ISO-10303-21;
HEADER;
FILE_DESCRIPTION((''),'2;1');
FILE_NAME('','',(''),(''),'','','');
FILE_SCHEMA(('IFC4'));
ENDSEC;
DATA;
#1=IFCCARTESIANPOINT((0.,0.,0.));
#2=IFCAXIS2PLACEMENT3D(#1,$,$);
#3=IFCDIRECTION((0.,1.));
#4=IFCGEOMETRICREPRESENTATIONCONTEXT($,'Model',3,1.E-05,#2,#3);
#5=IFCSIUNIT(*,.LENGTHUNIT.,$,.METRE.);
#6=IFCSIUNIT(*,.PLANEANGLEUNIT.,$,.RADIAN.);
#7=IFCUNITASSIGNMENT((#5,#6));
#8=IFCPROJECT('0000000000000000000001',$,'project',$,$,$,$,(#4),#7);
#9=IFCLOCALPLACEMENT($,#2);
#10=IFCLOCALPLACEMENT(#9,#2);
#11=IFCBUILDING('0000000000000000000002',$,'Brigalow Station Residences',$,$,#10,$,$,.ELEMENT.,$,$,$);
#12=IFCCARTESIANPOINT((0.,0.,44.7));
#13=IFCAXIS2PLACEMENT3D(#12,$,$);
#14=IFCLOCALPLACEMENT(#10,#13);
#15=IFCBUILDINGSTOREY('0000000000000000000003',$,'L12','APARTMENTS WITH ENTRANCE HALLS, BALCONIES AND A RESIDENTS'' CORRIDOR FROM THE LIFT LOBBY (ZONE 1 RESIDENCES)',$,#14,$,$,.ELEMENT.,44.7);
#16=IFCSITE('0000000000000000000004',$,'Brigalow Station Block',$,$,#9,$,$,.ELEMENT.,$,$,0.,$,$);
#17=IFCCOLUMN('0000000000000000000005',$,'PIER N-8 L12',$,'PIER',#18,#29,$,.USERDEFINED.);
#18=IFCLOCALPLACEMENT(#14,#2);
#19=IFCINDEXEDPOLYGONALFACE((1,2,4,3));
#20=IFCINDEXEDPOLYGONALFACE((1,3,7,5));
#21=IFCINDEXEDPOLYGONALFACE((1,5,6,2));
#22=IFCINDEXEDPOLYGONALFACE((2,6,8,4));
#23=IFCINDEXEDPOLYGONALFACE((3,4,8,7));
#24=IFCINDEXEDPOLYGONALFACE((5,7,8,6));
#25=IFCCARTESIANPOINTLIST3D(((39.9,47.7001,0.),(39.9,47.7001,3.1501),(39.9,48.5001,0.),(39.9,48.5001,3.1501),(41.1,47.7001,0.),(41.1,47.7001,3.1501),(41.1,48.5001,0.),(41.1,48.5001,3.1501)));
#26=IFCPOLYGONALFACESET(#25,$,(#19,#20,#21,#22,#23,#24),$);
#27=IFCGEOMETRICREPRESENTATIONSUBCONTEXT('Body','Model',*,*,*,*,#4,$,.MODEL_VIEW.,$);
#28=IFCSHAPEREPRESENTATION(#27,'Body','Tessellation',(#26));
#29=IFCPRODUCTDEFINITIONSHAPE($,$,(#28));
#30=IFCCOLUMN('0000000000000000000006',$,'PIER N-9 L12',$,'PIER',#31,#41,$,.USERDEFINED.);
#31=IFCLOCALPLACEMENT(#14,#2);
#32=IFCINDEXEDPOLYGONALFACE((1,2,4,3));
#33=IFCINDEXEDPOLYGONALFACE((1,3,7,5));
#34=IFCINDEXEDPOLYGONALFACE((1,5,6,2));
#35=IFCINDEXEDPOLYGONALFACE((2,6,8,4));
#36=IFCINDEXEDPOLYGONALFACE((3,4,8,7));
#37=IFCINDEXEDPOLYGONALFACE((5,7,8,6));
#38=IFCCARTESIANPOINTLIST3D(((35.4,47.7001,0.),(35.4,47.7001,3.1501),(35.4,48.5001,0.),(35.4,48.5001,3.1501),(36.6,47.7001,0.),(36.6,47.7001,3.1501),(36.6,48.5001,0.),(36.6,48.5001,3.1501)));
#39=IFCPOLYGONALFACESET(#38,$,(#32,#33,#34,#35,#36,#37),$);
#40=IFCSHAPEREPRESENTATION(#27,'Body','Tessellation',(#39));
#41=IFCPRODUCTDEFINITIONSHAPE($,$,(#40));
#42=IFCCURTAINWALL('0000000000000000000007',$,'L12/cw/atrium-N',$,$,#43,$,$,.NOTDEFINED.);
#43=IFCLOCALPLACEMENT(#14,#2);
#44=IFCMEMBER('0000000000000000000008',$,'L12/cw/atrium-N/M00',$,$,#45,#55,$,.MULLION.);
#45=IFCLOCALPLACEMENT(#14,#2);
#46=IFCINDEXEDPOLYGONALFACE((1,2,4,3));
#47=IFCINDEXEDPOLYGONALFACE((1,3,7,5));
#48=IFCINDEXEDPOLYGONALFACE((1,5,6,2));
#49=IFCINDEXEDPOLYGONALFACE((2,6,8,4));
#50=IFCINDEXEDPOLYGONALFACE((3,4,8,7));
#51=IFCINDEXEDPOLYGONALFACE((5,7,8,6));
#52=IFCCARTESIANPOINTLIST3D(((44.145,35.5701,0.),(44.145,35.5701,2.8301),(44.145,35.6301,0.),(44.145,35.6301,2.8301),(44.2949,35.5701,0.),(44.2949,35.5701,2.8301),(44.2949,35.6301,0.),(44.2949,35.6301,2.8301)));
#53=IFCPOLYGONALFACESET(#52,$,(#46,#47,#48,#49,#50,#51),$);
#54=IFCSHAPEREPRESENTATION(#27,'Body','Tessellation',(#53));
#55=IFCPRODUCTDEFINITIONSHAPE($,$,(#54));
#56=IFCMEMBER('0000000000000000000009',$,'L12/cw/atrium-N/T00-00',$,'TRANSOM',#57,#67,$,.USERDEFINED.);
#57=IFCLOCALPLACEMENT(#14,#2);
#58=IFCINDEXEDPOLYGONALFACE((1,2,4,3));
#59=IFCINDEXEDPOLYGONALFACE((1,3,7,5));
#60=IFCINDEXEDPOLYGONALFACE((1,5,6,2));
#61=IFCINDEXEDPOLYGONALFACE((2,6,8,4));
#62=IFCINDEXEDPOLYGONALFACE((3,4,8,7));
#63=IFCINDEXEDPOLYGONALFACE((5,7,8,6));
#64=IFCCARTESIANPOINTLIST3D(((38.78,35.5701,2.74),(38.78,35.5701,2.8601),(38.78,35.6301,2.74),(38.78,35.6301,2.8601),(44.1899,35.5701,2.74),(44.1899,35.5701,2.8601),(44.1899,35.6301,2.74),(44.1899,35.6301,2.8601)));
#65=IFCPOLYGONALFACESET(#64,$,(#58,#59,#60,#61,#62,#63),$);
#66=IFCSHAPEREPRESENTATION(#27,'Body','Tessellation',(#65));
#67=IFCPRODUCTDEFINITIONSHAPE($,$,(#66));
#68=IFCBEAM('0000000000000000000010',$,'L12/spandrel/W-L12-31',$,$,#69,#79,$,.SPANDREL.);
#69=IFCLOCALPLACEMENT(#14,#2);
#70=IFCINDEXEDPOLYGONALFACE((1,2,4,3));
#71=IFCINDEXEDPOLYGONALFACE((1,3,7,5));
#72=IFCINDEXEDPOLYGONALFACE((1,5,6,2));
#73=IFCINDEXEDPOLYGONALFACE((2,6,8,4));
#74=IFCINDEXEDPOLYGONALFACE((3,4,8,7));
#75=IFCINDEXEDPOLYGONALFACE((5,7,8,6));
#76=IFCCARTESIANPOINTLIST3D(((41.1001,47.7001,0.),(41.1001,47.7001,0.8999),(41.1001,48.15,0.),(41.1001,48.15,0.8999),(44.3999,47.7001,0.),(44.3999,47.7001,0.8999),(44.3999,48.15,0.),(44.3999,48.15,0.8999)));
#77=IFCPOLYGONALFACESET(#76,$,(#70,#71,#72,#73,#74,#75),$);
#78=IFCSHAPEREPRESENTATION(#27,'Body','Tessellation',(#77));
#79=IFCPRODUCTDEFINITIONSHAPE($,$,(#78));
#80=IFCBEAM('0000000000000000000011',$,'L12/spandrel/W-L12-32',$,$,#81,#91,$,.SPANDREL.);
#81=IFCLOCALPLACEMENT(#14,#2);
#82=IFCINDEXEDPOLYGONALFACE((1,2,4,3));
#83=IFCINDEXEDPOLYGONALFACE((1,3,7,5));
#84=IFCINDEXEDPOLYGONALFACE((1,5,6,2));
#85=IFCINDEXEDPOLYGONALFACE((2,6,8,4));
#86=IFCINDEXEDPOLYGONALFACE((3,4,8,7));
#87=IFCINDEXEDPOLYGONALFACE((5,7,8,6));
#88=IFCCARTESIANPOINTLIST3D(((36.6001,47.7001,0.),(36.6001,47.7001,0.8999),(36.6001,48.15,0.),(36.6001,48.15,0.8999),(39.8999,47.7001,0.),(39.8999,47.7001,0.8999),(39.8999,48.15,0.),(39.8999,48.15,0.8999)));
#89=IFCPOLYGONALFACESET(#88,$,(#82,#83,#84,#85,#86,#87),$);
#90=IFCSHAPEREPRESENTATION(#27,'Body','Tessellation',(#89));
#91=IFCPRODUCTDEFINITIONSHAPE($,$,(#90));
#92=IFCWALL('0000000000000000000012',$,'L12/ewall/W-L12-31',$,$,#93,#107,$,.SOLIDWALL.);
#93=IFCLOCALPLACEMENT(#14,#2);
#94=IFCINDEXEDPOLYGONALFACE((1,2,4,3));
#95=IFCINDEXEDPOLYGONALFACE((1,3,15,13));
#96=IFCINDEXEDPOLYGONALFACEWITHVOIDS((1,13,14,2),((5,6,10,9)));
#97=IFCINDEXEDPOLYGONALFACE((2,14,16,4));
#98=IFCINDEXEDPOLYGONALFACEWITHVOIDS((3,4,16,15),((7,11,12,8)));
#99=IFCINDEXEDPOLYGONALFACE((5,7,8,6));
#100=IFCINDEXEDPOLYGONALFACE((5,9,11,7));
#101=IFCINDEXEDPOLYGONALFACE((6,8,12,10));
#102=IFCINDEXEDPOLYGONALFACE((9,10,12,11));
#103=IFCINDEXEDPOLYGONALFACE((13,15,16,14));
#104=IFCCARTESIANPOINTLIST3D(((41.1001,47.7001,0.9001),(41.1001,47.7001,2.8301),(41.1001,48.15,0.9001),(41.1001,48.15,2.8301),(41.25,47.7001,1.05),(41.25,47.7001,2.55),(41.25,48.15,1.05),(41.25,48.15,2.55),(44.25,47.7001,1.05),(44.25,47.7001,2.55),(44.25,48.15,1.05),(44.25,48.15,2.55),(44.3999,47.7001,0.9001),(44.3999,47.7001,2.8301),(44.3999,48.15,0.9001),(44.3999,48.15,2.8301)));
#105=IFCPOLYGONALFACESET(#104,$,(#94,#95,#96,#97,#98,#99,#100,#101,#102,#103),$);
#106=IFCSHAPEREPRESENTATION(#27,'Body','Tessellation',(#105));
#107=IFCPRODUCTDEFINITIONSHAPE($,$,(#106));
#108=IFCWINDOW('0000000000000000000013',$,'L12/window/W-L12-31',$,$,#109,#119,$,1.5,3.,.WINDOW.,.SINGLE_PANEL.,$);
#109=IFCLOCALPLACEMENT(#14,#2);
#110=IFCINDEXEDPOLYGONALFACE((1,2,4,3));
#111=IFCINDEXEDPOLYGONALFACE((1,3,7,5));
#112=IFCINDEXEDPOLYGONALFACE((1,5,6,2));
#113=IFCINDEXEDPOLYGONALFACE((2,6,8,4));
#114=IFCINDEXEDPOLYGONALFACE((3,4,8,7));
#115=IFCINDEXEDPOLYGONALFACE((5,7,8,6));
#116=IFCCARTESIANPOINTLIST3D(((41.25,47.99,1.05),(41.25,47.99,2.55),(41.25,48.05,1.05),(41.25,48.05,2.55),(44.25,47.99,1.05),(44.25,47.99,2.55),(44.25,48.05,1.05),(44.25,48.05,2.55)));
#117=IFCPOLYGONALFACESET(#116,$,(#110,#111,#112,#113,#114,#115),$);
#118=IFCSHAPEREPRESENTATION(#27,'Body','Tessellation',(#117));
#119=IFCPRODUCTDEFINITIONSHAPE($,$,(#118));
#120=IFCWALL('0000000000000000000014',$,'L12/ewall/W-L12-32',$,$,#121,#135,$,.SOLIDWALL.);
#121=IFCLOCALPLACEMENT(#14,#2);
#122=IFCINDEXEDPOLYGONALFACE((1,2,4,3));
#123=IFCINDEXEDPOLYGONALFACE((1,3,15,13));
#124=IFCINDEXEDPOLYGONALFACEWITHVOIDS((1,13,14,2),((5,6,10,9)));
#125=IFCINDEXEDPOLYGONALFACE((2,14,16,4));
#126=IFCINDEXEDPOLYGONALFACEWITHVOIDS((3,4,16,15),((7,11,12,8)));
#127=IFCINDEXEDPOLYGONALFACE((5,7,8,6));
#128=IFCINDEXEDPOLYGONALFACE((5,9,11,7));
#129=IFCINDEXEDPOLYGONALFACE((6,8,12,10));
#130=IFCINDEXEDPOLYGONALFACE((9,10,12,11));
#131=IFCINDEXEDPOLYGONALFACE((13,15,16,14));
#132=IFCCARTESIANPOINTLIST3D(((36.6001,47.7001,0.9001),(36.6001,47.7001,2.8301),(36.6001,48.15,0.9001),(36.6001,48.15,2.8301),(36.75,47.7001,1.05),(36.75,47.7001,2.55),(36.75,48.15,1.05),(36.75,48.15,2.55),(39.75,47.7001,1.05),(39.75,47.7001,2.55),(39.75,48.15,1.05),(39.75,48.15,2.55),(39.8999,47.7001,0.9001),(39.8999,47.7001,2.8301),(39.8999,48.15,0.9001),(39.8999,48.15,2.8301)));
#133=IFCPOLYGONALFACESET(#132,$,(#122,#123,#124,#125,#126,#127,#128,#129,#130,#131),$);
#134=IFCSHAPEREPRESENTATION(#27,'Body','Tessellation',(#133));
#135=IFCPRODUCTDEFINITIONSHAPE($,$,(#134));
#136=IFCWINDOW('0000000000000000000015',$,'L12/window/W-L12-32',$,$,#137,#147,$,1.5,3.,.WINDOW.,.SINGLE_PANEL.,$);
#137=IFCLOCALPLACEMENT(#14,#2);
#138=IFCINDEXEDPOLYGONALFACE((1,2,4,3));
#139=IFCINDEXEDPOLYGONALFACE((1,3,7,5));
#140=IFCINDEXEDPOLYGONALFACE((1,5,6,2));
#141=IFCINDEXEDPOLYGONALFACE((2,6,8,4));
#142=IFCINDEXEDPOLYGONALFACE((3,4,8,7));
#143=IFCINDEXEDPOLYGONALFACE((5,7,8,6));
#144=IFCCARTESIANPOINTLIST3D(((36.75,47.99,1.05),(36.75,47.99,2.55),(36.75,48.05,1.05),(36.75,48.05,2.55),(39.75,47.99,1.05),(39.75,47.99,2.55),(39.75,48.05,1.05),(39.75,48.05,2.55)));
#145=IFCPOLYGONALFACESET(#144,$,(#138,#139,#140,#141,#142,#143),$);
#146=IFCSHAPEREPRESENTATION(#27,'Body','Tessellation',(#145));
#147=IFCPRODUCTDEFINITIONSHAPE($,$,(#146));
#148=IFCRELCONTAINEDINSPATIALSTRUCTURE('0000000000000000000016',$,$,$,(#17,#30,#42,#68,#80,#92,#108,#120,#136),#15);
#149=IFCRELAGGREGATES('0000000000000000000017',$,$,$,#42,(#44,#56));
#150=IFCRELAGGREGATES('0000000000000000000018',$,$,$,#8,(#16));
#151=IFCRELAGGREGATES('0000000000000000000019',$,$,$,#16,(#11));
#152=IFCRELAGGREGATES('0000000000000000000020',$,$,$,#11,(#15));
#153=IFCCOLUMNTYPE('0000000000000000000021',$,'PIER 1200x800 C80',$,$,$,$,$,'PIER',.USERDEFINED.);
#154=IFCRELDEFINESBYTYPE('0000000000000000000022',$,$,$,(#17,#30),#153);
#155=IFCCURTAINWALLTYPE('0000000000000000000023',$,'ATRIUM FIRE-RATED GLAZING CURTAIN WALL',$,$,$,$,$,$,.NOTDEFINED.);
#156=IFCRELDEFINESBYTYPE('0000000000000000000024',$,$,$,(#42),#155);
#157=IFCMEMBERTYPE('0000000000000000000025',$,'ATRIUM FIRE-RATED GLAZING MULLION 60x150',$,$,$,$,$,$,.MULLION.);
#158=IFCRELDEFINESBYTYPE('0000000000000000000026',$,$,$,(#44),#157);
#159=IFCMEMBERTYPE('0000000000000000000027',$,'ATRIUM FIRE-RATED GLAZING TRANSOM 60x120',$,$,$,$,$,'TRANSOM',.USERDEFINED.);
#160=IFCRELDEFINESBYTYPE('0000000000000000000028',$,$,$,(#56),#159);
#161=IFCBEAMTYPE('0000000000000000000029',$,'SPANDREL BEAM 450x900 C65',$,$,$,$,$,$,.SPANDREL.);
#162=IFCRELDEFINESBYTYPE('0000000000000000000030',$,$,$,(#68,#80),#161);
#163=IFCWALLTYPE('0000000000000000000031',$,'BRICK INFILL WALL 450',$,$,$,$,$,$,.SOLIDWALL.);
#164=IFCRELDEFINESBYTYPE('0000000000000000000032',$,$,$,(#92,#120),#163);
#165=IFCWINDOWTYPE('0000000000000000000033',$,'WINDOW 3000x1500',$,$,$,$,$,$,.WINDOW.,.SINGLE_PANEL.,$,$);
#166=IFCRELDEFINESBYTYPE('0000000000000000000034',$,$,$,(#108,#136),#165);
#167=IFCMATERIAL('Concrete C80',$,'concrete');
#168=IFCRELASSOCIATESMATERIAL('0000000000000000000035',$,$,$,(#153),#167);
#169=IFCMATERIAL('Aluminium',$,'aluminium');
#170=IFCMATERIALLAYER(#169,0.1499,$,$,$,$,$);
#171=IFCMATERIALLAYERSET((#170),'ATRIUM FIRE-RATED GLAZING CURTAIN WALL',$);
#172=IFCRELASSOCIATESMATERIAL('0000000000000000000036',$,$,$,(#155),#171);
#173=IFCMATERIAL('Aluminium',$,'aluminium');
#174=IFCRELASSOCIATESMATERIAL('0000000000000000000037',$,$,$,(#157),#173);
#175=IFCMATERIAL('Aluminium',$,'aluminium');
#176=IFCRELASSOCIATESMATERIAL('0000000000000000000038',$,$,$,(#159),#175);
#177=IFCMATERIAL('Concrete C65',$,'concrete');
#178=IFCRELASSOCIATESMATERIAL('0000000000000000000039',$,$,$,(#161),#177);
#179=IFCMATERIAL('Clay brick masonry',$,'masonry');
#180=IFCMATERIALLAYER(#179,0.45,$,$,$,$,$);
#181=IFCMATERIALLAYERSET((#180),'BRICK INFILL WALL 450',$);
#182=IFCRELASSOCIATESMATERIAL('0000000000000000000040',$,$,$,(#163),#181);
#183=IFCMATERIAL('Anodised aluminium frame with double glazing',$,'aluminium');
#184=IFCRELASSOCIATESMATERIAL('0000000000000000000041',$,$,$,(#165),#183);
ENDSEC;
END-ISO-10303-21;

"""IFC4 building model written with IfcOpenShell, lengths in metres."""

from ifc_helpers import new_model, si_unit, direction, frame, frame_2d, origin, origin_2d, place, context, subcontext, project, spatial, rectangle, extrude, material, layer, layer_set, material_profile, profile_set, type_object, element, fill, aggregate, save


model = new_model("IFC4")

# Units and contexts
model_context = context("Model", 3, precision=1e-05, world=origin(), true_north=direction((0.0, 1.0)))
body_context = subcontext(model_context, "Body", "Model", "MODEL_VIEW")
ifc_project = project(units=[si_unit("LENGTHUNIT", "METRE"), si_unit("PLANEANGLEUNIT", "RADIAN")], contexts=[model_context])

# Site, building, storey
site_placement = place(None, origin())
site = spatial("IfcSite", under=ifc_project, at=site_placement, Name="Brigalow Station Block", CompositionType="ELEMENT", RefElevation=0.0)
building_placement = place(site_placement, origin())
building = spatial("IfcBuilding", under=site, at=building_placement, Name="Brigalow Station Residences", CompositionType="ELEMENT")
storey_placement = place(building_placement, frame((0.0, 0.0, 44.7)))
storey = spatial("IfcBuildingStorey", under=building, at=storey_placement, Name="L12", Description="APARTMENTS WITH ENTRANCE HALLS, BALCONIES AND A RESIDENTS' CORRIDOR FROM THE LIFT LOBBY (ZONE 1 RESIDENCES)", CompositionType="ELEMENT", Elevation=44.7)

# Columns
ifc_material_1 = material(Name="Concrete C80", Category="concrete")
ifc_material_profile_1 = material_profile(ifc_material_1, rectangle(XDim=1.2, YDim=0.8, at=origin_2d()), Name="RC1200x800")
ifc_profile_set_1 = profile_set([ifc_material_profile_1], Name="Concrete C80")
column_type = type_object("IfcColumnType", Name="PIER 1200x800 C80", ElementType="PIER", PredefinedType="USERDEFINED", material=ifc_profile_set_1)
for number, where, z_axis, x_axis, name in (
    (1, (40.5, 48.1001, 0.0), (0.0, 0.0, 1.0), (-1.0, 0.0, 0.0), "PIER N-8 L12"),
    (2, (36.0, 48.1001, 0.0), (0.0, 0.0, 1.0), (-1.0, 0.0, 0.0), "PIER N-9 L12"),
):
    element("IfcColumn", number, at=place(storey_placement, frame(where, z_axis=z_axis, x_axis=x_axis)), inside=storey, type_object=column_type, Name=name, ObjectType="PIER", PredefinedType="USERDEFINED", context=body_context, shape_type="SweptSolid", body=[
        extrude(rectangle(XDim=1.2, YDim=0.8, at=origin_2d()), origin(), (0.0, 0.0, 1.0), 3.1501),
    ])

# Curtain wall, members
ifc_material_2 = material(Name="Aluminium", Category="aluminium")
ifc_layer_1 = layer(ifc_material_2, 0.1499)
ifc_layer_set_1 = layer_set([ifc_layer_1], Name="ATRIUM FIRE-RATED GLAZING CURTAIN WALL")
curtain_wall_type = type_object("IfcCurtainWallType", Name="ATRIUM FIRE-RATED GLAZING CURTAIN WALL", PredefinedType="NOTDEFINED", material=ifc_layer_set_1)
curtain_wall_placement = place(storey_placement, origin())
curtain_wall = element("IfcCurtainWall", 3, at=curtain_wall_placement, inside=storey, type_object=curtain_wall_type, Name="L12/cw/atrium-N", PredefinedType="NOTDEFINED")
ifc_material_3 = material(Name="Aluminium", Category="aluminium")
ifc_material_profile_2 = material_profile(ifc_material_3, rectangle(XDim=0.0601, YDim=0.1499, at=origin_2d()), Name="ATRIUM FIRE-RATED GLAZING MULLION 60x150")
ifc_profile_set_2 = profile_set([ifc_material_profile_2], Name="Aluminium")
member_type_1 = type_object("IfcMemberType", Name="ATRIUM FIRE-RATED GLAZING MULLION 60x150", PredefinedType="MULLION", material=ifc_profile_set_2)
member_1_placement = place(storey_placement, frame((44.22, 35.6001, 0.0), z_axis=(0.0, 0.0, 1.0), x_axis=(0.0, -1.0, 0.0)))
member_1 = element("IfcMember", 4, at=member_1_placement, type_object=member_type_1, Name="L12/cw/atrium-N/M00", PredefinedType="MULLION", context=body_context, shape_type="SweptSolid", body=[
    extrude(rectangle(XDim=0.0601, YDim=0.1499, at=origin_2d()), origin(), (0.0, 0.0, 1.0), 2.8301),
])
ifc_material_4 = material(Name="Aluminium", Category="aluminium")
ifc_material_profile_3 = material_profile(ifc_material_4, rectangle(XDim=0.0601, YDim=0.1201, at=origin_2d()), Name="ATRIUM FIRE-RATED GLAZING TRANSOM 60x120")
ifc_profile_set_3 = profile_set([ifc_material_profile_3], Name="Aluminium")
member_type_2 = type_object("IfcMemberType", Name="ATRIUM FIRE-RATED GLAZING TRANSOM 60x120", ElementType="TRANSOM", PredefinedType="USERDEFINED", material=ifc_profile_set_3)
member_2_placement = place(storey_placement, frame((44.1899, 35.6001, 2.8), z_axis=(-1.0, 0.0, 0.0), x_axis=(0.0, -1.0, 0.0)))
member_2 = element("IfcMember", 5, at=member_2_placement, type_object=member_type_2, Name="L12/cw/atrium-N/T00-00", ObjectType="TRANSOM", PredefinedType="USERDEFINED", context=body_context, shape_type="SweptSolid", body=[
    extrude(rectangle(XDim=0.0601, YDim=0.1201, at=origin_2d()), origin(), (0.0, 0.0, 1.0), 5.4099),
])
aggregate(curtain_wall, [member_1, member_2])

# Beams
ifc_material_5 = material(Name="Concrete C65", Category="concrete")
ifc_material_profile_4 = material_profile(ifc_material_5, rectangle(XDim=0.45, YDim=0.8999, at=origin_2d()), Name="RC450x900")
ifc_profile_set_4 = profile_set([ifc_material_profile_4], Name="Concrete C65")
beam_type = type_object("IfcBeamType", Name="SPANDREL BEAM 450x900 C65", PredefinedType="SPANDREL", material=ifc_profile_set_4)
for number, where, z_axis, x_axis, name in (
    (6, (44.3999, 47.925, 0.45), (-1.0, 0.0, 0.0), (0.0, -1.0, 0.0), "L12/spandrel/W-L12-31"),
    (7, (39.8999, 47.925, 0.45), (-1.0, 0.0, 0.0), (0.0, -1.0, 0.0), "L12/spandrel/W-L12-32"),
):
    element("IfcBeam", number, at=place(storey_placement, frame(where, z_axis=z_axis, x_axis=x_axis)), inside=storey, type_object=beam_type, Name=name, PredefinedType="SPANDREL", context=body_context, shape_type="SweptSolid", body=[
        extrude(rectangle(XDim=0.45, YDim=0.8999, at=origin_2d()), origin(), (0.0, 0.0, 1.0), 3.2998),
    ])

# Walls, openings, windows
ifc_material_6 = material(Name="Clay brick masonry", Category="masonry")
ifc_layer_2 = layer(ifc_material_6, 0.45)
ifc_layer_set_2 = layer_set([ifc_layer_2], Name="BRICK INFILL WALL 450")
wall_type_1 = type_object("IfcWallType", Name="BRICK INFILL WALL 450", PredefinedType="SOLIDWALL", material=ifc_layer_set_2)
wall_1_placement = place(storey_placement, frame((44.3999, 47.925, 0.9001), z_axis=(0.0, 0.0, 1.0), x_axis=(-1.0, 0.0, 0.0)))
wall_1 = element("IfcWall", 8, at=wall_1_placement, inside=storey, type_object=wall_type_1, Name="L12/ewall/W-L12-31", PredefinedType="SOLIDWALL", context=body_context, shape_type="SweptSolid", body=[
    extrude(rectangle(XDim=3.2998, YDim=0.45, at=frame_2d((1.6499, 0.0))), origin(), (0.0, 0.0, 1.0), 1.9299),
])
opening_1_placement = place(wall_1_placement, frame((0.1499, 0.0, 0.1499)))
opening_1 = element("IfcOpeningElement", 9, at=opening_1_placement, cuts=wall_1, PredefinedType="OPENING", context=body_context, shape_type="SweptSolid", body=[
    extrude(rectangle(XDim=3.0, YDim=1.5, at=frame_2d((1.5, 0.75))), frame((0.0, 0.2349, 0.0), z_axis=(0.0, -1.0, 0.0), x_axis=(1.0, 0.0, 0.0)), (0.0, 0.0, 1.0), 0.47),
])
ifc_material_7 = material(Name="Anodised aluminium frame with double glazing", Category="aluminium")
window_type = type_object("IfcWindowType", Name="WINDOW 3000x1500", PartitioningType="SINGLE_PANEL", PredefinedType="WINDOW", material=ifc_material_7)
window_1_placement = place(opening_1_placement, origin())
window_1 = element("IfcWindow", 10, at=window_1_placement, inside=storey, type_object=window_type, Name="L12/window/W-L12-31", OverallHeight=1.5, OverallWidth=3.0, PartitioningType="SINGLE_PANEL", PredefinedType="WINDOW", context=body_context, shape_type="SweptSolid", body=[
    extrude(rectangle(XDim=3.0, YDim=1.5, at=frame_2d((1.5, 0.75))), frame((0.0, -0.0649, 0.0), z_axis=(0.0, -1.0, 0.0), x_axis=(1.0, 0.0, 0.0)), (0.0, 0.0, 1.0), 0.0601),
])
fill(opening_1, window_1)
wall_2_placement = place(storey_placement, frame((39.8999, 47.925, 0.9001), z_axis=(0.0, 0.0, 1.0), x_axis=(-1.0, 0.0, 0.0)))
wall_2 = element("IfcWall", 11, at=wall_2_placement, inside=storey, type_object=wall_type_1, Name="L12/ewall/W-L12-32", PredefinedType="SOLIDWALL", context=body_context, shape_type="SweptSolid", body=[
    extrude(rectangle(XDim=3.2998, YDim=0.45, at=frame_2d((1.6499, 0.0))), origin(), (0.0, 0.0, 1.0), 1.9299),
])
opening_2_placement = place(wall_2_placement, frame((0.1499, 0.0, 0.1499)))
opening_2 = element("IfcOpeningElement", 12, at=opening_2_placement, cuts=wall_2, PredefinedType="OPENING", context=body_context, shape_type="SweptSolid", body=[
    extrude(rectangle(XDim=3.0, YDim=1.5, at=frame_2d((1.5, 0.75))), frame((0.0, 0.2349, 0.0), z_axis=(0.0, -1.0, 0.0), x_axis=(1.0, 0.0, 0.0)), (0.0, 0.0, 1.0), 0.47),
])
window_2_placement = place(opening_2_placement, origin())
window_2 = element("IfcWindow", 13, at=window_2_placement, inside=storey, type_object=window_type, Name="L12/window/W-L12-32", OverallHeight=1.5, OverallWidth=3.0, PartitioningType="SINGLE_PANEL", PredefinedType="WINDOW", context=body_context, shape_type="SweptSolid", body=[
    extrude(rectangle(XDim=3.0, YDim=1.5, at=frame_2d((1.5, 0.75))), frame((0.0, -0.0649, 0.0), z_axis=(0.0, -1.0, 0.0), x_axis=(1.0, 0.0, 0.0)), (0.0, 0.0, 1.0), 0.0601),
])
fill(opening_2, window_2)

save(model, "model.ifc")
